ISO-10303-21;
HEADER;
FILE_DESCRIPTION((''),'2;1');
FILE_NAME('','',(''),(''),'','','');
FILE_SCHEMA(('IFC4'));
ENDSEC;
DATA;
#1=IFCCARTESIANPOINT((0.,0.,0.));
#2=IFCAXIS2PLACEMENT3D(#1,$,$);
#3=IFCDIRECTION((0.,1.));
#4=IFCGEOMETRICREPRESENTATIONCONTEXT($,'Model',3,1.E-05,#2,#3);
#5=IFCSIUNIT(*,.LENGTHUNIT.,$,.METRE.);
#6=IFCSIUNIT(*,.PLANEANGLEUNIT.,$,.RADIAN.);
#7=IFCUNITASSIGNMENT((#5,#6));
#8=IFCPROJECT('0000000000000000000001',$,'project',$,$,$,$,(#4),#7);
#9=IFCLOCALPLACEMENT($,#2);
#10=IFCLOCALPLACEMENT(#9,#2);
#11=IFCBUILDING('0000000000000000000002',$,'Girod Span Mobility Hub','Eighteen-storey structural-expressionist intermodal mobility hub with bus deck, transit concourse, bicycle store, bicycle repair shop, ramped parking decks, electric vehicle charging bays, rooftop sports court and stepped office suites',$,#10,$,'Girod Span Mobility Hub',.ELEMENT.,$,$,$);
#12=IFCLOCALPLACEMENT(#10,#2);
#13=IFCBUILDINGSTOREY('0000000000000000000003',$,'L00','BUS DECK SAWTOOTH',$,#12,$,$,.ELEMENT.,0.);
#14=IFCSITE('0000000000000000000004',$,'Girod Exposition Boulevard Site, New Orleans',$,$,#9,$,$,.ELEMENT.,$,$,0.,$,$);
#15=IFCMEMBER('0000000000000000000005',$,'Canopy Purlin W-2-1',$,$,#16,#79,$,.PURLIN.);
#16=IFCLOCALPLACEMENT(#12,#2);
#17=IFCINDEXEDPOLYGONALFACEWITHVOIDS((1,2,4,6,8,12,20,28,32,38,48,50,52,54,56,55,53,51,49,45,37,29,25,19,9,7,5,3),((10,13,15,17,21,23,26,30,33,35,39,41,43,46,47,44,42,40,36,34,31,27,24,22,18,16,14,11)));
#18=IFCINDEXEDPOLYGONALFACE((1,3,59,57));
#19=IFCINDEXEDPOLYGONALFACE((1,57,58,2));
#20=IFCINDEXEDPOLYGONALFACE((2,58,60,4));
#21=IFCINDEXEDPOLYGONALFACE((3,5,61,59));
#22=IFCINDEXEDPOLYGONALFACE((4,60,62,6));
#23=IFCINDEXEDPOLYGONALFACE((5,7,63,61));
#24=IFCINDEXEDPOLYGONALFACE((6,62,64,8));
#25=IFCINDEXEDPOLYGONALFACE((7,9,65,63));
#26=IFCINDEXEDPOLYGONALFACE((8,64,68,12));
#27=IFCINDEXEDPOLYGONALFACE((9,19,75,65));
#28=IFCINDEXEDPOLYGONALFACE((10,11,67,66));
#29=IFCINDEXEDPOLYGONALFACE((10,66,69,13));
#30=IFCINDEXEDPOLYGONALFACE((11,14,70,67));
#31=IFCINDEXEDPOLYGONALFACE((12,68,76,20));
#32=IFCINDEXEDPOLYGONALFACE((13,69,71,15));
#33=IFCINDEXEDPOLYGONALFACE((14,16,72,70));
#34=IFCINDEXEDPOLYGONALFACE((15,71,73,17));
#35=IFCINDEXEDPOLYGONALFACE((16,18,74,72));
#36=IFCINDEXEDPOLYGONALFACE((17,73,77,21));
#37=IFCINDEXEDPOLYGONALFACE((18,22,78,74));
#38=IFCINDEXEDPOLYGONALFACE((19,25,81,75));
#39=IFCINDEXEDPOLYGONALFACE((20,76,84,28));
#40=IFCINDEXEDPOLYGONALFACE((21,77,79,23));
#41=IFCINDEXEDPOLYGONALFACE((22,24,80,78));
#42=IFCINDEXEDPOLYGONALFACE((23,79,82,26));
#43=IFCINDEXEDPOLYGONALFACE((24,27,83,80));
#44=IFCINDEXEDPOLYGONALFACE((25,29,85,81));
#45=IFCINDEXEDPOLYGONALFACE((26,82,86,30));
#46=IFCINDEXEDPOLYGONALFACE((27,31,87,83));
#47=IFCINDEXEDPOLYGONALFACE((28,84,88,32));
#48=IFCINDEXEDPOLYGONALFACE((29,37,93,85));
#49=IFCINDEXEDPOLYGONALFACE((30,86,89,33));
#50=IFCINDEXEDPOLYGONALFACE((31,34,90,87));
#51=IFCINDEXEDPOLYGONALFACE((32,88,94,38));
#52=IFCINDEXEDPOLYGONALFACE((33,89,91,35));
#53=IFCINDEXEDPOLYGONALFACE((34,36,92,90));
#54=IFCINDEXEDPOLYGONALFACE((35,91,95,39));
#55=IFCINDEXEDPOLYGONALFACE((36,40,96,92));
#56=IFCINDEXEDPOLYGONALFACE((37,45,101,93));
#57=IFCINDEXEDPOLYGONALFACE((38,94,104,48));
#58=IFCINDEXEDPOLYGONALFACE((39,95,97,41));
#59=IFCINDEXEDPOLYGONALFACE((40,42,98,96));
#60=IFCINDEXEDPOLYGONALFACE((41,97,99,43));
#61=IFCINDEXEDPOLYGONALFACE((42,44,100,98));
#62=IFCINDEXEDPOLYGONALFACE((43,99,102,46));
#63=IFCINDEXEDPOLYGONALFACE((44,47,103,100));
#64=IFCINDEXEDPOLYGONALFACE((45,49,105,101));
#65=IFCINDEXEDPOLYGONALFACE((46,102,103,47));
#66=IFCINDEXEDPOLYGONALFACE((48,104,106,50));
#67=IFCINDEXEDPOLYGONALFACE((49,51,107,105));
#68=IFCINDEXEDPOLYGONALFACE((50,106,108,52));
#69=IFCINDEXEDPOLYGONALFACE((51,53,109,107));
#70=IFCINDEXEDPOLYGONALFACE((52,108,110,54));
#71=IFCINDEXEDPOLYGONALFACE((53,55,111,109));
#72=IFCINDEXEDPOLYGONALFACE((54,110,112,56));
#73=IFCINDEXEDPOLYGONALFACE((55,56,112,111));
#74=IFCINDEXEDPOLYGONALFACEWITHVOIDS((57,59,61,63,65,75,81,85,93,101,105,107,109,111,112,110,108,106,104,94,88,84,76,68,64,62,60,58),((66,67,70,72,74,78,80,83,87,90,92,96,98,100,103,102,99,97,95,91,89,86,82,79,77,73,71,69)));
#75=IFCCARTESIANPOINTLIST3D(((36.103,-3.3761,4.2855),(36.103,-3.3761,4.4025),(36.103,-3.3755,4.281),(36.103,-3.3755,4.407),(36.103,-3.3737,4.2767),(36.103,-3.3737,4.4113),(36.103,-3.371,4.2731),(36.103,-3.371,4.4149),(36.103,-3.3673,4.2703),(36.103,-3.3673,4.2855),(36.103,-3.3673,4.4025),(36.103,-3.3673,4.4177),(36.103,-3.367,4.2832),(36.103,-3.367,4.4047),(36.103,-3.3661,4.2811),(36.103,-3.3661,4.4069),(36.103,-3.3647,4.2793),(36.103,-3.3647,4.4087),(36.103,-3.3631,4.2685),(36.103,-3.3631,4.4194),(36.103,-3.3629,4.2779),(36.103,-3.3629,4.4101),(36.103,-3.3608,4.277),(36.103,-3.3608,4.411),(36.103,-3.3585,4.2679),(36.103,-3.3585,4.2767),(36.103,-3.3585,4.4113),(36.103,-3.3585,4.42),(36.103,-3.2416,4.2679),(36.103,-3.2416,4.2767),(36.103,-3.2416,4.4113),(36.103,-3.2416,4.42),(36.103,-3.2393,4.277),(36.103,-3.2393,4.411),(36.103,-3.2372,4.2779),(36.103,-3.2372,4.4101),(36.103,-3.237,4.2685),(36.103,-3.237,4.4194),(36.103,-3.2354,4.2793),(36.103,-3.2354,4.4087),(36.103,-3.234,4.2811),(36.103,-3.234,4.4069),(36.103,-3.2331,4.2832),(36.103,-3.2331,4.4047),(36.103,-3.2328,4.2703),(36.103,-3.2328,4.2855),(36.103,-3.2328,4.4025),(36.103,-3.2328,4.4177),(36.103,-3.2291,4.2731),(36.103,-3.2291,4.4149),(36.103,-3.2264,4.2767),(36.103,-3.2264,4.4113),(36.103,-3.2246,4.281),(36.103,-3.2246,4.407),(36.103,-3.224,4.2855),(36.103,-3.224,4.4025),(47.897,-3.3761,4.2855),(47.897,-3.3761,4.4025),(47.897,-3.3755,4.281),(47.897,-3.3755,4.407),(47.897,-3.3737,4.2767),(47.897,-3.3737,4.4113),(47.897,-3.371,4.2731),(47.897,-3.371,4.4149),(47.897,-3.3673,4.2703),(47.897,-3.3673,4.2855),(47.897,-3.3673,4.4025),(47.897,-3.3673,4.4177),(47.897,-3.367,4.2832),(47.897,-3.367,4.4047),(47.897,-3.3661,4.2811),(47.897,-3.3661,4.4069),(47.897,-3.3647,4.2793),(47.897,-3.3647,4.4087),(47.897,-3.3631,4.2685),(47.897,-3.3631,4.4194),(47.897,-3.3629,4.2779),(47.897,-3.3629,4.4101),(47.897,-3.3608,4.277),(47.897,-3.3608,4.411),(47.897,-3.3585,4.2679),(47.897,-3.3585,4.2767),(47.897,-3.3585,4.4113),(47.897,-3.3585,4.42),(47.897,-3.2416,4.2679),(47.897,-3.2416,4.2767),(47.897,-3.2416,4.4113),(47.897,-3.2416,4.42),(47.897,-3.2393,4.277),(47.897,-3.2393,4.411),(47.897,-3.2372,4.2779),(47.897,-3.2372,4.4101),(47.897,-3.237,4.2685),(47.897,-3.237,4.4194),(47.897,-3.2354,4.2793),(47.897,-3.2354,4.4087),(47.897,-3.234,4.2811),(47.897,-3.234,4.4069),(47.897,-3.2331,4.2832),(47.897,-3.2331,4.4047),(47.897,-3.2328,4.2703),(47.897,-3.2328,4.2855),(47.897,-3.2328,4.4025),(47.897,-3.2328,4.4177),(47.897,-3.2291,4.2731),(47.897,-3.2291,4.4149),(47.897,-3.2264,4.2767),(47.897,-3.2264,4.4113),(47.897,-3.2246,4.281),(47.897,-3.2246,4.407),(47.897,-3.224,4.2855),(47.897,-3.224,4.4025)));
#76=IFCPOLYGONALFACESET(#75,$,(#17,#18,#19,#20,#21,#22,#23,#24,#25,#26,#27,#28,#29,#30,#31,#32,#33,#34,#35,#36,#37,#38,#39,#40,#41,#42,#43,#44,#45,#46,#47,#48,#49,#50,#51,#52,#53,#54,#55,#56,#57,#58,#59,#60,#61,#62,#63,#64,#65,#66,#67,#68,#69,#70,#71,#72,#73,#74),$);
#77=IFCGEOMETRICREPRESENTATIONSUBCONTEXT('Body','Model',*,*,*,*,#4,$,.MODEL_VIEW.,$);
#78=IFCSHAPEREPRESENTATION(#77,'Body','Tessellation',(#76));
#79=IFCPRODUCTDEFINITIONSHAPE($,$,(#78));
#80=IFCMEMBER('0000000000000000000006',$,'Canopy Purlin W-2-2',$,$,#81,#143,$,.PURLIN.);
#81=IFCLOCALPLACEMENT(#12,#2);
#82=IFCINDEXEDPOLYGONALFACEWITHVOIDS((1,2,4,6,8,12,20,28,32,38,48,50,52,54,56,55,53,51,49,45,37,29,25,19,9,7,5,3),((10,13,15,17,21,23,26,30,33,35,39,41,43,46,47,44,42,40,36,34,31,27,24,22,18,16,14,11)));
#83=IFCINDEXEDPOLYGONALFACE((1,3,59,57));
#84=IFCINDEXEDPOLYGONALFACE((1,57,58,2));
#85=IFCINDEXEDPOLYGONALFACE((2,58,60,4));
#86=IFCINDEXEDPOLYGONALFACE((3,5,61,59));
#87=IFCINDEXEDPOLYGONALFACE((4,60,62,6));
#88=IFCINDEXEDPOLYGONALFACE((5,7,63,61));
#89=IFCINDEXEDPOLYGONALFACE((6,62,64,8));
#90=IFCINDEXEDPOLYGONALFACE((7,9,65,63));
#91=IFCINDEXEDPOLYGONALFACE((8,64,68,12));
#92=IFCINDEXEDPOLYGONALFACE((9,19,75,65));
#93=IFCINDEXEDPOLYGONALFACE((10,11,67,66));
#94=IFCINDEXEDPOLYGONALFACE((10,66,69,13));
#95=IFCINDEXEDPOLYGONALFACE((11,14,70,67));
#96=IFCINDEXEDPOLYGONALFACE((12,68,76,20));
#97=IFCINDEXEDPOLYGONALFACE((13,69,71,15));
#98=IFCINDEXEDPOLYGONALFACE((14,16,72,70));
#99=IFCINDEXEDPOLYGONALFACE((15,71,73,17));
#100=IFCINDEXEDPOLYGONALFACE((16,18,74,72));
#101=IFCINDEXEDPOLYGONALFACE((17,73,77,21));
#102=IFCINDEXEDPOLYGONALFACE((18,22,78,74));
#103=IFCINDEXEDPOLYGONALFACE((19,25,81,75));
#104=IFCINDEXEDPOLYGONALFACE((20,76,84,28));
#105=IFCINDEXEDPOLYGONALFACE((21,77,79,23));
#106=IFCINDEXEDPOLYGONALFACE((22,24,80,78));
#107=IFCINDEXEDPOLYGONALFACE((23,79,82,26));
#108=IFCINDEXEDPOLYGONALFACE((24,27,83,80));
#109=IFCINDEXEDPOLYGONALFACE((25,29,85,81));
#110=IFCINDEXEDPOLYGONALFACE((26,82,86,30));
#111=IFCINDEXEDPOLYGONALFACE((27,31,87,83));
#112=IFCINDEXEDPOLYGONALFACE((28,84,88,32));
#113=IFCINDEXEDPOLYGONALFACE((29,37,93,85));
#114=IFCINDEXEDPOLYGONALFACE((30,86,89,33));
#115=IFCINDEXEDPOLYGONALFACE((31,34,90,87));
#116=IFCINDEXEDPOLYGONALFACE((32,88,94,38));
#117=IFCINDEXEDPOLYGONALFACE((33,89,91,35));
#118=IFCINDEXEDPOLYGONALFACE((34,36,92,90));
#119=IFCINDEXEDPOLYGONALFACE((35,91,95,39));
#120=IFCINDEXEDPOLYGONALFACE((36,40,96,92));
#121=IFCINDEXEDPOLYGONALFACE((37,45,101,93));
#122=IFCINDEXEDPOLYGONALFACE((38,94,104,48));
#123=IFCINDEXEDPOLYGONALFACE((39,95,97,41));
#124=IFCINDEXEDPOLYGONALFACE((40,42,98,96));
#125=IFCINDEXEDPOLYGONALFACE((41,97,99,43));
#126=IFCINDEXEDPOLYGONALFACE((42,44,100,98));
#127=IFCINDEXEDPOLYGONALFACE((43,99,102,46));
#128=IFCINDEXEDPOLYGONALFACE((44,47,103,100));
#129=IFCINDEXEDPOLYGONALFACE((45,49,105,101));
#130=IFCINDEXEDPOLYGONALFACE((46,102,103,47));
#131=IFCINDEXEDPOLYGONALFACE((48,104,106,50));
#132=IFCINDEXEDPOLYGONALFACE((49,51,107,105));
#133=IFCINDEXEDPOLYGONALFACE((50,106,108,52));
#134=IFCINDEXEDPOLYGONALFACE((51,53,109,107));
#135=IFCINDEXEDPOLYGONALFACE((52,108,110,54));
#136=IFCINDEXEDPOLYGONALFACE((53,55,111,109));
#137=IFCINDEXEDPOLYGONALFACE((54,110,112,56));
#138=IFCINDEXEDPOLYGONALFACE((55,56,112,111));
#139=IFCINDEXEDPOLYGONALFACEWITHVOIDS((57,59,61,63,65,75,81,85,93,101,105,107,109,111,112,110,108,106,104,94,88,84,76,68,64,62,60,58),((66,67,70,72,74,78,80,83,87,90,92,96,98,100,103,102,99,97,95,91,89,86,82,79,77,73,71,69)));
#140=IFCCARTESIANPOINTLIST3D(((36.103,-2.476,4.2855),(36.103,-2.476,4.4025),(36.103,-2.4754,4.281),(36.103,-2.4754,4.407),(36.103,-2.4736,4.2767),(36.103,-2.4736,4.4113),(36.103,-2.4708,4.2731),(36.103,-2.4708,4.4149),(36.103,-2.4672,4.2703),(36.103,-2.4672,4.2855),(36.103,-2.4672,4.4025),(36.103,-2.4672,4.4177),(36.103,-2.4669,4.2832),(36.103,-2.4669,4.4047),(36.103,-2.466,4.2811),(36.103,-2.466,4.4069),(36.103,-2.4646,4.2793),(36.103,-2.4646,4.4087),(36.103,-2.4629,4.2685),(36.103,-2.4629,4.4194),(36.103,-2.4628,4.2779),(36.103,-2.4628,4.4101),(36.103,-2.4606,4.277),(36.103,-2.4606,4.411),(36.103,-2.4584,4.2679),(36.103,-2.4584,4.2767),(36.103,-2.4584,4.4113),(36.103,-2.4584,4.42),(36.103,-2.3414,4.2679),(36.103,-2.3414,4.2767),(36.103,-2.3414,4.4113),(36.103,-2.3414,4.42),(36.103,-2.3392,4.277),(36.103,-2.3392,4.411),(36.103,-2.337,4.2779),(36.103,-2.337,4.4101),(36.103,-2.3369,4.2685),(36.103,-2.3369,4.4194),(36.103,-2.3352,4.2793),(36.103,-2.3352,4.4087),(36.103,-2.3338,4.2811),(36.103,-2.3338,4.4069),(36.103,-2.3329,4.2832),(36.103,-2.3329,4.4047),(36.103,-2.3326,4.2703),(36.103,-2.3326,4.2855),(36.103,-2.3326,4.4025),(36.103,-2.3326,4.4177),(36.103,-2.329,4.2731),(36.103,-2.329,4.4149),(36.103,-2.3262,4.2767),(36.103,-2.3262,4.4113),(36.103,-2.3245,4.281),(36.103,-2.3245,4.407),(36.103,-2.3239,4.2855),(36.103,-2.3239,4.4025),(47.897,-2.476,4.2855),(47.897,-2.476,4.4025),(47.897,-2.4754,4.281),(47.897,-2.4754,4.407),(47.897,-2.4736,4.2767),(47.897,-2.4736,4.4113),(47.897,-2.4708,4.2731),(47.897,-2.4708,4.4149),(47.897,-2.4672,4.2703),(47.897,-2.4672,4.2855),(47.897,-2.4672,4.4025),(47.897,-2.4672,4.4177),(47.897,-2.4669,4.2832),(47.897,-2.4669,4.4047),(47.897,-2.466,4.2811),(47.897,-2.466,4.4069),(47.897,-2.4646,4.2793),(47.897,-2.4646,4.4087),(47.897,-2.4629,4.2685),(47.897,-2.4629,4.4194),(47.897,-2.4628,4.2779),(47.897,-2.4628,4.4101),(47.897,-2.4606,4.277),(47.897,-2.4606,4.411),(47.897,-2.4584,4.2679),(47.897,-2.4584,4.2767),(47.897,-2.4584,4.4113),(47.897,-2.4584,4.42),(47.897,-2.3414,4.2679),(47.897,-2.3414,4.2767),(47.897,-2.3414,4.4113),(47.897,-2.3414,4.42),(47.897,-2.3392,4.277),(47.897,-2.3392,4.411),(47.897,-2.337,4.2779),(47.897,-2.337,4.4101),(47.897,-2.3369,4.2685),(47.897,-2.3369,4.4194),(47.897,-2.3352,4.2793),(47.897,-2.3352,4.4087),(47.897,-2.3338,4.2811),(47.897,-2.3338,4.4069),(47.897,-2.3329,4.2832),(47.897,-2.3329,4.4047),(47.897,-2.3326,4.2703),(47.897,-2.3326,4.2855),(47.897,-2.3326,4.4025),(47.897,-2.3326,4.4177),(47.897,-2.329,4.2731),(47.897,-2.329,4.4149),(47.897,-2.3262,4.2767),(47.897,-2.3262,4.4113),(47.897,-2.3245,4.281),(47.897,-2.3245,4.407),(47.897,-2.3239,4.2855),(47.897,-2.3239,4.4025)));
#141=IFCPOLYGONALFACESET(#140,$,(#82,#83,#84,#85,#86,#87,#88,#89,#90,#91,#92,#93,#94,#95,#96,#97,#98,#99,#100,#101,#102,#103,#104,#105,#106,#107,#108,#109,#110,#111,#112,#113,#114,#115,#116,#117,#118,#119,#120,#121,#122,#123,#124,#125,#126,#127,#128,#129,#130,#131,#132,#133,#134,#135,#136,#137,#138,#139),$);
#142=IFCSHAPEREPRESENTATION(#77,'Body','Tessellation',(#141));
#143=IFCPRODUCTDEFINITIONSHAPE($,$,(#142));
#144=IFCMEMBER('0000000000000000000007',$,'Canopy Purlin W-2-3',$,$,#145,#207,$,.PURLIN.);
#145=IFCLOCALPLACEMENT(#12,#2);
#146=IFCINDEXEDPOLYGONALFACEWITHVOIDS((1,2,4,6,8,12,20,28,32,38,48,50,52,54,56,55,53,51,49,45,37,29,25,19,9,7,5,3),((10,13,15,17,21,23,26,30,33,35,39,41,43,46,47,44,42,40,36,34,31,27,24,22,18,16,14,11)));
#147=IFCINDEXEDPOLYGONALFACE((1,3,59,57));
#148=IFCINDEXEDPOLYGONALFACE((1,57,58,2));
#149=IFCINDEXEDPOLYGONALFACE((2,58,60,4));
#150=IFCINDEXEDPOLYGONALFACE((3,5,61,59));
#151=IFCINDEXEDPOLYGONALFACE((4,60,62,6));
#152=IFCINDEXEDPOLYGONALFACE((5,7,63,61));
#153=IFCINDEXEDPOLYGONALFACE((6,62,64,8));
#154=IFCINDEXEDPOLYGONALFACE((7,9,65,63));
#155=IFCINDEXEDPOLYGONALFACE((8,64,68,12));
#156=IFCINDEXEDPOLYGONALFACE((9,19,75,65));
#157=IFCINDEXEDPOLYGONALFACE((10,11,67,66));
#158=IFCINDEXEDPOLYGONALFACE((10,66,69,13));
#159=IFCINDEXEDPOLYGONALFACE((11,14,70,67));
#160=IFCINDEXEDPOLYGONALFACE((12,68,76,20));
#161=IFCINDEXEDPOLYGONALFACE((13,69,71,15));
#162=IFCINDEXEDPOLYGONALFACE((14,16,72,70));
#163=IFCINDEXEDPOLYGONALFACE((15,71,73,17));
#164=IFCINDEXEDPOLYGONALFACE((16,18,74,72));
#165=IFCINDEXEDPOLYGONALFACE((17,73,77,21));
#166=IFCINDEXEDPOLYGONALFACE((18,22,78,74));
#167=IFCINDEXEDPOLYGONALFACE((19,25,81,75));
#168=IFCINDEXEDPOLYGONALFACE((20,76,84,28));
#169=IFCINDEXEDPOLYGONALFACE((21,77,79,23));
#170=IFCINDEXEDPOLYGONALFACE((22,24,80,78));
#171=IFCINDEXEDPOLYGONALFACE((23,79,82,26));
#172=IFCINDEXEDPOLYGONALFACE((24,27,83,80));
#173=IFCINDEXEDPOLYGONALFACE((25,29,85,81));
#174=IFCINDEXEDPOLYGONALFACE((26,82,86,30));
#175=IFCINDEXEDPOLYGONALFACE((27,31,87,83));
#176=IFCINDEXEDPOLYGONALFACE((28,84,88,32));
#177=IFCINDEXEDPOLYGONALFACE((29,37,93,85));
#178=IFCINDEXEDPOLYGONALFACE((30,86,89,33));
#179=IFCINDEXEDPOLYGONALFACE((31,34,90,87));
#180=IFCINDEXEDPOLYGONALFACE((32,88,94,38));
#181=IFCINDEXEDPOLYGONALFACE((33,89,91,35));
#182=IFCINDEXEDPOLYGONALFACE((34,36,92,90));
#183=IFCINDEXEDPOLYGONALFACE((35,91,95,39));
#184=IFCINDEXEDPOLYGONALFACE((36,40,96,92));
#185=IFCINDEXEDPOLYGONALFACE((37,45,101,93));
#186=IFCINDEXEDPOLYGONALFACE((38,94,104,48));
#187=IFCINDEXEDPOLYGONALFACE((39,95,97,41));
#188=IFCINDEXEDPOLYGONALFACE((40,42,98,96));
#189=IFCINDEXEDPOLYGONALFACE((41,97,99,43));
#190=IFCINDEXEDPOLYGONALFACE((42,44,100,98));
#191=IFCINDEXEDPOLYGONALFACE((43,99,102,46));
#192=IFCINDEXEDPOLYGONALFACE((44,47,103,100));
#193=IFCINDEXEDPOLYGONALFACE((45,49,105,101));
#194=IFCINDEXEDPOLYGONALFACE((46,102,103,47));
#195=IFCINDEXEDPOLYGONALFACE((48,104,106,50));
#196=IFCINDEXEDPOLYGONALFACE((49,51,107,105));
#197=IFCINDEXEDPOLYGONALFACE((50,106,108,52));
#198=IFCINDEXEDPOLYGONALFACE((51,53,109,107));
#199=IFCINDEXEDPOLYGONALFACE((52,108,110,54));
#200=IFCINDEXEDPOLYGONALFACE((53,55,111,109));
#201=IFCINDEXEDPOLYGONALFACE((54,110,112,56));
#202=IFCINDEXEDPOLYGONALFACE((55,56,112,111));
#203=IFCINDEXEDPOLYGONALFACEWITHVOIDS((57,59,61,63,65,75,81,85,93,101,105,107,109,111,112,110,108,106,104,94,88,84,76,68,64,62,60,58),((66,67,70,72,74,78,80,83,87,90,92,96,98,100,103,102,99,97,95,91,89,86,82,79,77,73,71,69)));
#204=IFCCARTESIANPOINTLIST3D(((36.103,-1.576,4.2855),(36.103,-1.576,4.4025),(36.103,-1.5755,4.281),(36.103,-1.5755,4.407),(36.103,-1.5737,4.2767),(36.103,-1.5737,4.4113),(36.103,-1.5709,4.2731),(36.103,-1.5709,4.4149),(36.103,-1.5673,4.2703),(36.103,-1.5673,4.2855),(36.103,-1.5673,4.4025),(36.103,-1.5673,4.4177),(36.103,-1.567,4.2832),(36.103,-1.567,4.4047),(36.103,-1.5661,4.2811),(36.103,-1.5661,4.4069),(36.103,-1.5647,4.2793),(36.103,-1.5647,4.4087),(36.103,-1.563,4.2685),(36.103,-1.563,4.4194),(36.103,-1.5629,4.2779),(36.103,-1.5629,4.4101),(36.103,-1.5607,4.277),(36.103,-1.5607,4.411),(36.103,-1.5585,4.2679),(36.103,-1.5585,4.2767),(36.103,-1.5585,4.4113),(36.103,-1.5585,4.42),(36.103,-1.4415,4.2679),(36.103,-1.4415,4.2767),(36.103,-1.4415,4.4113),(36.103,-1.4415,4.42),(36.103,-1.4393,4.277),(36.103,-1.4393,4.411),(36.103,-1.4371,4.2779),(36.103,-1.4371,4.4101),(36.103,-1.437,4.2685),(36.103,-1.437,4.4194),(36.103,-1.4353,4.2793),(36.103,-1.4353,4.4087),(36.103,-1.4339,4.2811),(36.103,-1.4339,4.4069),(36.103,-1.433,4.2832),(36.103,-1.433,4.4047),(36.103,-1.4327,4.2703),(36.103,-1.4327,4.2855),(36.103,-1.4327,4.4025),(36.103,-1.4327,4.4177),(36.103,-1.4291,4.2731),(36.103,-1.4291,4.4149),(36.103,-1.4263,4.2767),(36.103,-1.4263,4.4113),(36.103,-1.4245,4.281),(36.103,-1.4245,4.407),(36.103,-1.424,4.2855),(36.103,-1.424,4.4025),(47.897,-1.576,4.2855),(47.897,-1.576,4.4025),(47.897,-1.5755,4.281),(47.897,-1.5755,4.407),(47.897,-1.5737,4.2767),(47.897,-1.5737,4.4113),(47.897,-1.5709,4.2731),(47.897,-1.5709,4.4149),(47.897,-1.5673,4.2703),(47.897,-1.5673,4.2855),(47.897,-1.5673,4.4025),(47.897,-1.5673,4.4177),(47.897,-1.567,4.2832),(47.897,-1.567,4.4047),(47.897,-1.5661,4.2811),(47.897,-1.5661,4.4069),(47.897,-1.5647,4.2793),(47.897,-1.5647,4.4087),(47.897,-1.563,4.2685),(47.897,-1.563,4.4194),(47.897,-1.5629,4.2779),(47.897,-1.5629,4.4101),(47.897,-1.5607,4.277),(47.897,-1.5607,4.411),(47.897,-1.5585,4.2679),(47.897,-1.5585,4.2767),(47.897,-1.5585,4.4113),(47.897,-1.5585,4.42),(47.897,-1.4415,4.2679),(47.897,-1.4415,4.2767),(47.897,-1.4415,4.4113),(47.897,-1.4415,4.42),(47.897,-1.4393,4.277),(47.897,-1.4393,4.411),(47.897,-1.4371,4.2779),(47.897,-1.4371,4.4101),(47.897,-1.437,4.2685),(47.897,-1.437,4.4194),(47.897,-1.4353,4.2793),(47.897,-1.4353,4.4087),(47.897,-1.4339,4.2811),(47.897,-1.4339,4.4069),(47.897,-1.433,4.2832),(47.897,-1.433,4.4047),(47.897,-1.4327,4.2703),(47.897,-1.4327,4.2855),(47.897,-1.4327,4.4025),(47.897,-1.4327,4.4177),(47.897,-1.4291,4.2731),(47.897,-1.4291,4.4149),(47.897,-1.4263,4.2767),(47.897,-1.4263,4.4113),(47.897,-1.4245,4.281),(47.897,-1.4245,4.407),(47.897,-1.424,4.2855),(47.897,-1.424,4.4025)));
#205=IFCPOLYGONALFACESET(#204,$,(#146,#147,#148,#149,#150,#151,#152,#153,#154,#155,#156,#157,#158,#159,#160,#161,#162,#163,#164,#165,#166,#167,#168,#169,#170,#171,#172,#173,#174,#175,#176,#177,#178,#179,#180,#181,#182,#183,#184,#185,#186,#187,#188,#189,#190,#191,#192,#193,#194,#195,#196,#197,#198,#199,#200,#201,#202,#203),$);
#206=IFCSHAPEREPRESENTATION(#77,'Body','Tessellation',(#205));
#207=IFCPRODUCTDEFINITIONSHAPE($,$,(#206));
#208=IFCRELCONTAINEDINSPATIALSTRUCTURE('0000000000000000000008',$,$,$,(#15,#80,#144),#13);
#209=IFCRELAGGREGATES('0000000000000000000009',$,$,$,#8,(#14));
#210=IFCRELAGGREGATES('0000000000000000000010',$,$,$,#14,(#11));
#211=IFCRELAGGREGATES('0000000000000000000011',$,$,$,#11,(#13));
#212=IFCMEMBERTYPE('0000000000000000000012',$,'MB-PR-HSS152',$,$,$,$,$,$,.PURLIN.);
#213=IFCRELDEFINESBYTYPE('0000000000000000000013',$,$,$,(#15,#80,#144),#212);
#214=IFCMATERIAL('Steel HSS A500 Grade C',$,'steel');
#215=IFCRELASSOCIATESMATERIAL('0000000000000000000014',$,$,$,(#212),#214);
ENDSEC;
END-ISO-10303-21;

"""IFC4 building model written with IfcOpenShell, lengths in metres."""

from ifc_helpers import new_model, si_unit, direction, frame, origin, origin_2d, place, context, subcontext, project, spatial, hollow_rectangle, extrude, material, material_profile, profile_set, type_object, element, save


model = new_model("IFC4")

# Units and contexts
model_context = context("Model", 3, precision=1e-05, world=origin(), true_north=direction((0.0, 1.0)))
body_context = subcontext(model_context, "Body", "Model", "MODEL_VIEW")
ifc_project = project(units=[si_unit("LENGTHUNIT", "METRE"), si_unit("PLANEANGLEUNIT", "RADIAN")], contexts=[model_context])

# Site, building, storey
site_placement = place(None, origin())
site = spatial("IfcSite", under=ifc_project, at=site_placement, Name="Girod Exposition Boulevard Site, New Orleans", CompositionType="ELEMENT", RefElevation=0.0)
building_placement = place(site_placement, origin())
building = spatial("IfcBuilding", under=site, at=building_placement, Name="Girod Span Mobility Hub", Description="Eighteen-storey structural-expressionist intermodal mobility hub with bus deck, transit concourse, bicycle store, bicycle repair shop, ramped parking decks, electric vehicle charging bays, rooftop sports court and stepped office suites", LongName="Girod Span Mobility Hub", CompositionType="ELEMENT")
storey_placement = place(building_placement, origin())
storey = spatial("IfcBuildingStorey", under=building, at=storey_placement, Name="L00", Description="BUS DECK SAWTOOTH", CompositionType="ELEMENT", Elevation=0.0)

# Members
ifc_material_1 = material(Name="Steel HSS A500 Grade C", Category="steel")
ifc_material_profile_1 = material_profile(ifc_material_1, hollow_rectangle(XDim=0.1521, YDim=0.1521, WallThickness=0.0088, InnerFilletRadius=0.0088, OuterFilletRadius=0.0176, at=origin_2d()), Name="HSS152X152X9.5")
ifc_profile_set_1 = profile_set([ifc_material_profile_1], Name="Steel HSS A500 Grade C")
member_type_1 = type_object("IfcMemberType", Name="MB-PR-HSS152", PredefinedType="PURLIN", material=ifc_profile_set_1)
for number, where, z_axis, x_axis, name in (
    (1, (36.103, -3.3, 4.344), (1.0, 0.0, 0.0), (0.0, 1.0, 0.0), "Canopy Purlin W-2-1"),
    (2, (36.103, -2.3999, 4.344), (1.0, 0.0, 0.0), (0.0, 1.0, 0.0), "Canopy Purlin W-2-2"),
    (3, (36.103, -1.5, 4.344), (1.0, 0.0, 0.0), (0.0, 1.0, 0.0), "Canopy Purlin W-2-3"),
):
    element("IfcMember", number, at=place(storey_placement, frame(where, z_axis=z_axis, x_axis=x_axis)), inside=storey, type_object=member_type_1, Name=name, PredefinedType="PURLIN", context=body_context, shape_type="SweptSolid", body=[
        extrude(hollow_rectangle(XDim=0.1521, YDim=0.1521, WallThickness=0.0088, InnerFilletRadius=0.0088, OuterFilletRadius=0.0176, at=origin_2d()), origin(), (0.0, 0.0, 1.0), 11.7939),
    ])

save(model, "model.ifc")
